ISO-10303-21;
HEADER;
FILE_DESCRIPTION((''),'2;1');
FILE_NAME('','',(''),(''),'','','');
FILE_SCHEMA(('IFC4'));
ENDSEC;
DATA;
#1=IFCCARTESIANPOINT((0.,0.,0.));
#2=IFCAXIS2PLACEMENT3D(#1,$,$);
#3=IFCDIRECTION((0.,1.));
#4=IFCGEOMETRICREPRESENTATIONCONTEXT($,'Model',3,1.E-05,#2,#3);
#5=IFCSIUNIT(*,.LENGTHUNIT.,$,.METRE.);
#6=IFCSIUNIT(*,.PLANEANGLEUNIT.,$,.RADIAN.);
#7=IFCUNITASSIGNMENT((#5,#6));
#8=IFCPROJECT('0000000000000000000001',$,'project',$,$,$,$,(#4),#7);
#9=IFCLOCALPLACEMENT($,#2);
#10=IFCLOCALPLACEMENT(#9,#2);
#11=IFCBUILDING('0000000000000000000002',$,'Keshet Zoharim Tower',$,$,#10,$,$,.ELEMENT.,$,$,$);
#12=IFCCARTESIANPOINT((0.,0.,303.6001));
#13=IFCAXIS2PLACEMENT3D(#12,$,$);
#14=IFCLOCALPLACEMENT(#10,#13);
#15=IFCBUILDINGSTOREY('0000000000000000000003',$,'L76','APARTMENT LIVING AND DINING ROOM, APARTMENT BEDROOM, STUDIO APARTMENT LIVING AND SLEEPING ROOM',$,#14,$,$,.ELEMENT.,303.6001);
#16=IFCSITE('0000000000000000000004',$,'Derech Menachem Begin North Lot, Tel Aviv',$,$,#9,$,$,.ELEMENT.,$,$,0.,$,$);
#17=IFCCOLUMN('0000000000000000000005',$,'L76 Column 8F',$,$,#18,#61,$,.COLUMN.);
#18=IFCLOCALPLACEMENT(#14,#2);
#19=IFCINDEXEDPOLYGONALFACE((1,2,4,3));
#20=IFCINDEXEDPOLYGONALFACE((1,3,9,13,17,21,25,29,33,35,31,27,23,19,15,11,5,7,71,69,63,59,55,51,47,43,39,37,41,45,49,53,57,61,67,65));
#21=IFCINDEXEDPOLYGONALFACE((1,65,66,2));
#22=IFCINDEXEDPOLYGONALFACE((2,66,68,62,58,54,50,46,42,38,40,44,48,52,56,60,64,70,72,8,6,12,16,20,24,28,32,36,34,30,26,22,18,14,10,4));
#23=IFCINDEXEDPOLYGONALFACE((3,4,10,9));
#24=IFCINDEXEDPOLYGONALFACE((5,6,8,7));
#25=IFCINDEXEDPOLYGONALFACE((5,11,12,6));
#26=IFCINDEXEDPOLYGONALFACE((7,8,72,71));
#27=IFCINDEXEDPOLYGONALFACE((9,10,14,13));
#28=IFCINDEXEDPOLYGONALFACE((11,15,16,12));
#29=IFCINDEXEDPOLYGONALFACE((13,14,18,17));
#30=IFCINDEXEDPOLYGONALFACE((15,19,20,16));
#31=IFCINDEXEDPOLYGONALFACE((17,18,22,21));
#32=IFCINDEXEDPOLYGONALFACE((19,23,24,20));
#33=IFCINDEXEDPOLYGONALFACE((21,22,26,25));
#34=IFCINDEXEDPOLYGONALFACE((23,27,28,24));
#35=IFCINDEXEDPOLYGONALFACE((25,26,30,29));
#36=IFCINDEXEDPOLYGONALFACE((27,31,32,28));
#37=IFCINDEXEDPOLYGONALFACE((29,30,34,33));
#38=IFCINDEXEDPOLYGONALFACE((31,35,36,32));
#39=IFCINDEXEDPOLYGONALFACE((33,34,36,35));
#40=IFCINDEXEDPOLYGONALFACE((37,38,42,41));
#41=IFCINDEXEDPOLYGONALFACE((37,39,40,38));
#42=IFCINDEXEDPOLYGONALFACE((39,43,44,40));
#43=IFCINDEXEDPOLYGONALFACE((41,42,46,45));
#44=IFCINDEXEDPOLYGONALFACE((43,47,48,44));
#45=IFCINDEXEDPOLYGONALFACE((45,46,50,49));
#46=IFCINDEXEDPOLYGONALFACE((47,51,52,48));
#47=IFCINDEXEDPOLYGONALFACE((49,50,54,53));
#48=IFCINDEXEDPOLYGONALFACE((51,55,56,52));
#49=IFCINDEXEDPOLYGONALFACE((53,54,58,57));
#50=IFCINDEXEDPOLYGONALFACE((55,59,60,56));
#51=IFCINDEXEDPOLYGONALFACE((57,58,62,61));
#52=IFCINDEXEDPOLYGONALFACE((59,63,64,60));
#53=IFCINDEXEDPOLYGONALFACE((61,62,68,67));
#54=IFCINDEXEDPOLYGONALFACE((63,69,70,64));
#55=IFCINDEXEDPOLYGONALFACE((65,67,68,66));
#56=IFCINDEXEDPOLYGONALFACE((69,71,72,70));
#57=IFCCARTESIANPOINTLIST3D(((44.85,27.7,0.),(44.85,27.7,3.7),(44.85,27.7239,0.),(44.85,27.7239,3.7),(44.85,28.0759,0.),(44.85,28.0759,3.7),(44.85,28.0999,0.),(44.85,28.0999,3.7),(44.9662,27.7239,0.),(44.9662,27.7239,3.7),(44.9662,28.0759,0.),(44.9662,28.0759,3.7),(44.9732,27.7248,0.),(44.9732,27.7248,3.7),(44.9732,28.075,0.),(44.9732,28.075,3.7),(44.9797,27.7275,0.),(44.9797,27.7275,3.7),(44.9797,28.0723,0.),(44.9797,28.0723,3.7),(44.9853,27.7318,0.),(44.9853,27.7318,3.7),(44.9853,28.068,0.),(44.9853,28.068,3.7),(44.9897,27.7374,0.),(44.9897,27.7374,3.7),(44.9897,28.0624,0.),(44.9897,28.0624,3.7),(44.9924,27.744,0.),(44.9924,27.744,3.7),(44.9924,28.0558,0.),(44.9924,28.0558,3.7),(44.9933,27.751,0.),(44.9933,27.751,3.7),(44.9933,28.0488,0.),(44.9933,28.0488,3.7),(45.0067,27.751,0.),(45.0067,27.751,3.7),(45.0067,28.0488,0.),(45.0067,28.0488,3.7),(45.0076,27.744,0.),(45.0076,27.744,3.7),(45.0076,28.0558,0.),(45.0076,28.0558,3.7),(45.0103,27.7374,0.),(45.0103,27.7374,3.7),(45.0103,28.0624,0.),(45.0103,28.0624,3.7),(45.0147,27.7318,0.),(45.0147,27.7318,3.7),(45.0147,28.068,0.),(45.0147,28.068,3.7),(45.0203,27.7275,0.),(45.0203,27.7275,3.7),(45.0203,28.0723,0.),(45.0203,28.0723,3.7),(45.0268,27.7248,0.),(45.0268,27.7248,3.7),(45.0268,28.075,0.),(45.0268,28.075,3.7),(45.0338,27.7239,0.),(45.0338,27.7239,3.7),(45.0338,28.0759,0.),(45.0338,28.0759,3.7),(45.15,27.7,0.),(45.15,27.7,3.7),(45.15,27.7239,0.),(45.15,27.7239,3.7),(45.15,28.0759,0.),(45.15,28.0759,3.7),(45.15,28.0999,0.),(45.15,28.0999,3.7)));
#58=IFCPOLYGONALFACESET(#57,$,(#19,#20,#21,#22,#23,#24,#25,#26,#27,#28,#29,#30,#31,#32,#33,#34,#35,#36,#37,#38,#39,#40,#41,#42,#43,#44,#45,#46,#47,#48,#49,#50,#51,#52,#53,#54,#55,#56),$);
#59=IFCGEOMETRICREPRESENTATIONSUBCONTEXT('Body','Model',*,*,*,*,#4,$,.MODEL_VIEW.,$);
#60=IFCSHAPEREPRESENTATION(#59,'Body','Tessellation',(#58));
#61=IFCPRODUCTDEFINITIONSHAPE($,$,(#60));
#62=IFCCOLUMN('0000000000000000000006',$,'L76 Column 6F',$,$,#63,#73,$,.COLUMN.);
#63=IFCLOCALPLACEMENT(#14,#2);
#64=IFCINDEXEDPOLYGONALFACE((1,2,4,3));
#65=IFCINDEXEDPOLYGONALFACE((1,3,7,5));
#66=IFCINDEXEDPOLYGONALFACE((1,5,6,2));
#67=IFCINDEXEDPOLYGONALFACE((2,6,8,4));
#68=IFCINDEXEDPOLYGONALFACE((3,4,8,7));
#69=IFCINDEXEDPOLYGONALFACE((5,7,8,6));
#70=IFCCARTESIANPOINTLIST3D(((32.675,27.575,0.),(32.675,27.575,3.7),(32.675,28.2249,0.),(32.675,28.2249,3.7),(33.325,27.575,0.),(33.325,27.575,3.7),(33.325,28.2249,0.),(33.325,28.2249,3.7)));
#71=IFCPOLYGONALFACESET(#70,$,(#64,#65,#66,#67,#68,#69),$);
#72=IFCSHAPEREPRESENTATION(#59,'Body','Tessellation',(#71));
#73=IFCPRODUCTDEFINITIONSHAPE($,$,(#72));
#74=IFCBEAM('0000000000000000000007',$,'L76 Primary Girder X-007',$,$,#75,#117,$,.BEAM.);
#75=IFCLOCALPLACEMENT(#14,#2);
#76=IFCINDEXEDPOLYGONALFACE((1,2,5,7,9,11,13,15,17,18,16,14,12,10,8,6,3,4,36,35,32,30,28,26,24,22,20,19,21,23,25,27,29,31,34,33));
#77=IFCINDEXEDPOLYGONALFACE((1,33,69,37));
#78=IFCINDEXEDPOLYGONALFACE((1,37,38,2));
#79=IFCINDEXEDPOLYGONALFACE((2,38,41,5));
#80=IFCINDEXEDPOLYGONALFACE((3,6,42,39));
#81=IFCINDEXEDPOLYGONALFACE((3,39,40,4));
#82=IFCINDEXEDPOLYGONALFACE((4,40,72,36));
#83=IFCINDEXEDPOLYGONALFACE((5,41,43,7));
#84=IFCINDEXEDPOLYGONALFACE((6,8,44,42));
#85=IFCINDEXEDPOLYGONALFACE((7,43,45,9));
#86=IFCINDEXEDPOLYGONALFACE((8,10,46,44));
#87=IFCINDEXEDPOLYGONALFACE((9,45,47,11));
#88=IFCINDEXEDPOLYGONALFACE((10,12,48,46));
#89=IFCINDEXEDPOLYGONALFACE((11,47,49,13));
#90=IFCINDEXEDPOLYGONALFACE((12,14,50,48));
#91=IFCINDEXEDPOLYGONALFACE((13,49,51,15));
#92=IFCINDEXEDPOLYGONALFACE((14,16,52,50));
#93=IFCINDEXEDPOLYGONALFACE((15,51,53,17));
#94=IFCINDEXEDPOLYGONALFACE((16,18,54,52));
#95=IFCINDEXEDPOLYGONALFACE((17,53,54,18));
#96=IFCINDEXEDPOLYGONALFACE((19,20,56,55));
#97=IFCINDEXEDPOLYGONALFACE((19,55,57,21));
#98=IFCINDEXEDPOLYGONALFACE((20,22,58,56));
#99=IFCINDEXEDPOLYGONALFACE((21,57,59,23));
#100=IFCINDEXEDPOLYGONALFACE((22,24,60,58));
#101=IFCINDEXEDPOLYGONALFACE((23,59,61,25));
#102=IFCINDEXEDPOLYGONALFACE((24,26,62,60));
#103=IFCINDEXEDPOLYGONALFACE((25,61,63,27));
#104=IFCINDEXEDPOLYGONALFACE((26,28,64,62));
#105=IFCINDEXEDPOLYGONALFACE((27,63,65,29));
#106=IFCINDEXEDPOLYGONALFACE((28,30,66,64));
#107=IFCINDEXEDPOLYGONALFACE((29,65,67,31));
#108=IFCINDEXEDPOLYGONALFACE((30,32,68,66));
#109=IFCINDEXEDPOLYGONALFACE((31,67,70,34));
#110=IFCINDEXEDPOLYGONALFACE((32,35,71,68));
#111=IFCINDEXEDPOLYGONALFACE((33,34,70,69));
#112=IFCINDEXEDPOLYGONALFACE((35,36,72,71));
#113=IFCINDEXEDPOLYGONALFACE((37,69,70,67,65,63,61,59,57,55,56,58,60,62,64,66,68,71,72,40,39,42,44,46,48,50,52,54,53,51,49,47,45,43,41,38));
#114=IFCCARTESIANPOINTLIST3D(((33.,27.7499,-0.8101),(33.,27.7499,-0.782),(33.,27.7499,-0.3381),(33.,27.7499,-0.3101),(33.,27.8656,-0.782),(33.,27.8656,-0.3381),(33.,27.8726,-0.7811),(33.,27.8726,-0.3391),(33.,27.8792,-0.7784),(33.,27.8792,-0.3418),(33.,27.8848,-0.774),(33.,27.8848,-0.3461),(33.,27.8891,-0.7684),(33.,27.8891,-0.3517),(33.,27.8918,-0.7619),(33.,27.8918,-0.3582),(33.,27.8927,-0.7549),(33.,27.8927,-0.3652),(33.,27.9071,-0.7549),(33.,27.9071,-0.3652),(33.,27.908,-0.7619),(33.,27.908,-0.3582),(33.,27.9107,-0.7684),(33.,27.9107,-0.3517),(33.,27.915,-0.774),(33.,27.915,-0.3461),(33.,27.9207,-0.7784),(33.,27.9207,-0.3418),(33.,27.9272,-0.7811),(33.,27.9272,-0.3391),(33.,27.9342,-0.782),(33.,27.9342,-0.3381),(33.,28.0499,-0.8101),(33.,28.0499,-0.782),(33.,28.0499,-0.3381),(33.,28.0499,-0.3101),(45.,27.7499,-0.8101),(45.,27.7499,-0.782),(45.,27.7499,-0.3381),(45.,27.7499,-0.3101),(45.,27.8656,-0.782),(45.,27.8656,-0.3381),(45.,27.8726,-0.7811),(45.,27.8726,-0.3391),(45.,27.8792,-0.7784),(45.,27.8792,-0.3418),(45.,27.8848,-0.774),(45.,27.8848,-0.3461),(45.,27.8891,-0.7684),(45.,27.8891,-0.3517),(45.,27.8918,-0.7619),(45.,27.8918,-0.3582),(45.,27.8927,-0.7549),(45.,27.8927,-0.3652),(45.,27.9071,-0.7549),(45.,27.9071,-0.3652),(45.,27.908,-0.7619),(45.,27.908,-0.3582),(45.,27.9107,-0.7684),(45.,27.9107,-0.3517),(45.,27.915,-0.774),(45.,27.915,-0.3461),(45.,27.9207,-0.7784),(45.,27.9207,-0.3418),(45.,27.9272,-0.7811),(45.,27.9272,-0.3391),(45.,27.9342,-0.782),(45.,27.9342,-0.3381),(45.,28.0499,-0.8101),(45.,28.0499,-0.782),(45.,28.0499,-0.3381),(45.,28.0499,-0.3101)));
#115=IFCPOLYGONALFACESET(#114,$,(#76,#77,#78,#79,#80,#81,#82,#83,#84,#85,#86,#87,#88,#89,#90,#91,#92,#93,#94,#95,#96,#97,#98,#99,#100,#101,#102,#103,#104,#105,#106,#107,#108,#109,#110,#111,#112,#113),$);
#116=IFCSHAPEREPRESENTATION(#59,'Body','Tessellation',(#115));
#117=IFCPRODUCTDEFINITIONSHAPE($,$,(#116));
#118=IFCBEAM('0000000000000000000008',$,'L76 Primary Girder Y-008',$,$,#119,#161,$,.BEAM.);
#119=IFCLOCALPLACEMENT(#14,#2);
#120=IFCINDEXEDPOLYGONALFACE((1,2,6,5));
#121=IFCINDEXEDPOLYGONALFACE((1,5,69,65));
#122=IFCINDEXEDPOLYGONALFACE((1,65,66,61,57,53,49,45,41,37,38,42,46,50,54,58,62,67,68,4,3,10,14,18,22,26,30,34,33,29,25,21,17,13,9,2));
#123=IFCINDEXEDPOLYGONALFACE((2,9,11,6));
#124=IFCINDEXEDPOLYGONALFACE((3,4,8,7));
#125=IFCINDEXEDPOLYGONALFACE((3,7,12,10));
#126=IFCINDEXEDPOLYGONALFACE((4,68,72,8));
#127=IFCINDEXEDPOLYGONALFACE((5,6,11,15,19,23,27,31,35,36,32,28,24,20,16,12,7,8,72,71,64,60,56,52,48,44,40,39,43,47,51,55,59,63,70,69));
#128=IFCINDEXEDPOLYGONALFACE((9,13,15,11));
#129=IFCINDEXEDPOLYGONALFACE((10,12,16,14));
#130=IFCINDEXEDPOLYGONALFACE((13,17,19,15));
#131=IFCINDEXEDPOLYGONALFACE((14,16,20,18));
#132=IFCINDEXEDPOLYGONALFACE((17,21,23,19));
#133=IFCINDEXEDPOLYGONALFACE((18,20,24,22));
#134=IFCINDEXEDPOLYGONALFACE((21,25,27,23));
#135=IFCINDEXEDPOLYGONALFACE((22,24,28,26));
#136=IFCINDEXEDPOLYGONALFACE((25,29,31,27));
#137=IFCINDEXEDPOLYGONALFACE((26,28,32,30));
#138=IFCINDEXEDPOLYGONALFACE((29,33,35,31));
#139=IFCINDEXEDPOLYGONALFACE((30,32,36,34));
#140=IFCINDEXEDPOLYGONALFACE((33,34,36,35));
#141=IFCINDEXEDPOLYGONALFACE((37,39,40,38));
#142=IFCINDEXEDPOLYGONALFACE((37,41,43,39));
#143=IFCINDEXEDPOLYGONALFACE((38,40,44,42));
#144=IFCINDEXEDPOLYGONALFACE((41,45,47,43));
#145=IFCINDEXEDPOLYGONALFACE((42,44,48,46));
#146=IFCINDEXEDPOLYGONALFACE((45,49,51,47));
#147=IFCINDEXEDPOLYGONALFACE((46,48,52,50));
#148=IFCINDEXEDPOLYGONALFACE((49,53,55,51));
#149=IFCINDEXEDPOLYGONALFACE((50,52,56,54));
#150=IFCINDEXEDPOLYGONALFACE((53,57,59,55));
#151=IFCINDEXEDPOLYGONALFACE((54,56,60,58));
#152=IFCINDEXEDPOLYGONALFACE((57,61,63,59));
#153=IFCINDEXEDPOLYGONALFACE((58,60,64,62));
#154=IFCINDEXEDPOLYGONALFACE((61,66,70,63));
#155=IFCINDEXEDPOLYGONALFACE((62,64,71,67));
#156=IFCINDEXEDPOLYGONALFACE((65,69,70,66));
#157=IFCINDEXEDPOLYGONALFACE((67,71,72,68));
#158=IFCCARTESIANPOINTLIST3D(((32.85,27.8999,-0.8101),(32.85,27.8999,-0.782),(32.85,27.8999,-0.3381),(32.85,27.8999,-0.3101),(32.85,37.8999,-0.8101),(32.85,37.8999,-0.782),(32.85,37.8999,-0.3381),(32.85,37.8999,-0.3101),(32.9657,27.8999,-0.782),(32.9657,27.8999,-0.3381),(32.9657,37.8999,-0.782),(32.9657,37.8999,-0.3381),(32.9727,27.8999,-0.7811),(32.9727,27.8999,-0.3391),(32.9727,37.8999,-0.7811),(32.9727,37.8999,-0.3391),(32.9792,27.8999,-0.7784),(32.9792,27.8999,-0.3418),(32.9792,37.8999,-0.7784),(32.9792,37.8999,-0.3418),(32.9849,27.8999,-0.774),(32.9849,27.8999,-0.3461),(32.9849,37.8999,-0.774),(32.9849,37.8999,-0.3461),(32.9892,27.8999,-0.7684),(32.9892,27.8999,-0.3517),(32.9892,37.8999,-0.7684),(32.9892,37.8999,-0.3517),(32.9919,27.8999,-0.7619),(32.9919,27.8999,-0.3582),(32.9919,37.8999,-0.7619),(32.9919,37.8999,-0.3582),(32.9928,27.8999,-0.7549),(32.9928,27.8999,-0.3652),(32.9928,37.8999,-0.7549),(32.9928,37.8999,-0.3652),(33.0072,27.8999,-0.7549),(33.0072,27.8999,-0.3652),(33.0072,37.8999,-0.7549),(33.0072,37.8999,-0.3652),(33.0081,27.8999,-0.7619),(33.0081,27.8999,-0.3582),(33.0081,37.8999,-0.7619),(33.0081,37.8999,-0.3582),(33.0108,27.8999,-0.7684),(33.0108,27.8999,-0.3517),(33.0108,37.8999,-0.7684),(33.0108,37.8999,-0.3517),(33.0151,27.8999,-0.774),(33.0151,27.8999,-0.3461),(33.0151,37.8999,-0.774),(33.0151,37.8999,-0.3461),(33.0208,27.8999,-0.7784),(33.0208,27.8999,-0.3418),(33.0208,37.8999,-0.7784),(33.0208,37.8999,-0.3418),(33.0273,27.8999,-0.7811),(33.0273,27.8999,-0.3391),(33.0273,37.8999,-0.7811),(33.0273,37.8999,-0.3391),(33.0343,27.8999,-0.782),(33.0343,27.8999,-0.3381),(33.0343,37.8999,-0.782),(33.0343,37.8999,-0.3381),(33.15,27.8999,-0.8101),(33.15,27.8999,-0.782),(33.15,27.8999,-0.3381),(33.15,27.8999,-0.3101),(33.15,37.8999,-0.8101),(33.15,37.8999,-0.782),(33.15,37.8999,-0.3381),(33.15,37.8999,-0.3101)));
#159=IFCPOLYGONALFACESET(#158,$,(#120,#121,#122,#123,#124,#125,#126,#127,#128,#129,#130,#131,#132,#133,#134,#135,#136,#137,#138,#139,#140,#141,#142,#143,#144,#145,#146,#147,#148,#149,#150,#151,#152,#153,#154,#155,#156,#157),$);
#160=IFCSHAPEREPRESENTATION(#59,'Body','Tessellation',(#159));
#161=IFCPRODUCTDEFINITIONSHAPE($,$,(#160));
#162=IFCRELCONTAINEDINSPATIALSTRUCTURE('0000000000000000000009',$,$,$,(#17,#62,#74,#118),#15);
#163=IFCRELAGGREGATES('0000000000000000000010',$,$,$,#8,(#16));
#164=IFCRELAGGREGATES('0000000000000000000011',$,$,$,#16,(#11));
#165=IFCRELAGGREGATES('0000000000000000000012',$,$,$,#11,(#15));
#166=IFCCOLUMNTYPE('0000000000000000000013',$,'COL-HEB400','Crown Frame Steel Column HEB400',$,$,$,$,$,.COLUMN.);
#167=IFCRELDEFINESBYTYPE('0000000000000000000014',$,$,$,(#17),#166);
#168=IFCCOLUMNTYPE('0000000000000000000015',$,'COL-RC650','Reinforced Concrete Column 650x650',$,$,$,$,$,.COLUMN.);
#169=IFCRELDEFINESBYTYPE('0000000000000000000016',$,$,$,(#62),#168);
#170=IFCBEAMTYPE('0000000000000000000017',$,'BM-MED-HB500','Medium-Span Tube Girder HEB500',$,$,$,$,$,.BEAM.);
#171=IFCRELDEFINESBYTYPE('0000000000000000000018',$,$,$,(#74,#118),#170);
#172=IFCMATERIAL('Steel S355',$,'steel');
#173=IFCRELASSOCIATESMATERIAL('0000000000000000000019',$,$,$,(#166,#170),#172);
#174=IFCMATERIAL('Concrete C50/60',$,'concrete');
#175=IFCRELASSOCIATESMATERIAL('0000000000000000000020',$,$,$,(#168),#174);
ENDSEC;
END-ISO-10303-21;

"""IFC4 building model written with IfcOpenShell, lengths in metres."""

from ifc_helpers import new_model, si_unit, direction, frame, origin, origin_2d, place, context, subcontext, project, spatial, rectangle, i_section, extrude, material, material_profile, profile_set, type_object, element, save


model = new_model("IFC4")

# Units and contexts
model_context = context("Model", 3, precision=1e-05, world=origin(), true_north=direction((0.0, 1.0)))
body_context = subcontext(model_context, "Body", "Model", "MODEL_VIEW")
ifc_project = project(units=[si_unit("LENGTHUNIT", "METRE"), si_unit("PLANEANGLEUNIT", "RADIAN")], contexts=[model_context])

# Site, building, storey
site_placement = place(None, origin())
site = spatial("IfcSite", under=ifc_project, at=site_placement, Name="Derech Menachem Begin North Lot, Tel Aviv", CompositionType="ELEMENT", RefElevation=0.0)
building_placement = place(site_placement, origin())
building = spatial("IfcBuilding", under=site, at=building_placement, Name="Keshet Zoharim Tower", CompositionType="ELEMENT")
storey_placement = place(building_placement, frame((0.0, 0.0, 303.6001)))
storey = spatial("IfcBuildingStorey", under=building, at=storey_placement, Name="L76", Description="APARTMENT LIVING AND DINING ROOM, APARTMENT BEDROOM, STUDIO APARTMENT LIVING AND SLEEPING ROOM", CompositionType="ELEMENT", Elevation=303.6001)

# Columns
ifc_material_1 = material(Name="Steel S355", Category="steel")
ifc_material_profile_1 = material_profile(ifc_material_1, i_section(OverallWidth=0.3, OverallDepth=0.3999, WebThickness=0.0134, FlangeThickness=0.0239, FilletRadius=0.0271, at=origin_2d()), Name="HEB400")
ifc_profile_set_1 = profile_set([ifc_material_profile_1], Name="Steel S355")
column_type_1 = type_object("IfcColumnType", Name="COL-HEB400", Description="Crown Frame Steel Column HEB400", PredefinedType="COLUMN", material=ifc_profile_set_1)
column_1_placement = place(storey_placement, frame((45.0, 27.8999, 0.0), z_axis=(0.0, 0.0, 1.0), x_axis=(1.0, 0.0, 0.0)))
element("IfcColumn", 1, at=column_1_placement, inside=storey, type_object=column_type_1, Name="L76 Column 8F", PredefinedType="COLUMN", context=body_context, shape_type="SweptSolid", body=[
    extrude(i_section(OverallWidth=0.3, OverallDepth=0.3999, WebThickness=0.0134, FlangeThickness=0.0239, FilletRadius=0.0271, at=origin_2d()), origin(), (0.0, 0.0, 1.0), 3.7),
])
ifc_material_2 = material(Name="Concrete C50/60", Category="concrete")
ifc_material_profile_2 = material_profile(ifc_material_2, rectangle(XDim=0.6499, YDim=0.6499, at=origin_2d()), Name="RC650x650")
ifc_profile_set_2 = profile_set([ifc_material_profile_2], Name="Concrete C50/60")
column_type_2 = type_object("IfcColumnType", Name="COL-RC650", Description="Reinforced Concrete Column 650x650", PredefinedType="COLUMN", material=ifc_profile_set_2)
column_2_placement = place(storey_placement, frame((33.0, 27.8999, 0.0), z_axis=(0.0, 0.0, 1.0), x_axis=(1.0, 0.0, 0.0)))
element("IfcColumn", 2, at=column_2_placement, inside=storey, type_object=column_type_2, Name="L76 Column 6F", PredefinedType="COLUMN", context=body_context, shape_type="SweptSolid", body=[
    extrude(rectangle(XDim=0.6499, YDim=0.6499, at=origin_2d()), origin(), (0.0, 0.0, 1.0), 3.7),
])

# Beams
ifc_material_profile_3 = material_profile(ifc_material_1, i_section(OverallWidth=0.3, OverallDepth=0.5, WebThickness=0.0144, FlangeThickness=0.0281, FilletRadius=0.0271, at=origin_2d()), Name="HEB500")
ifc_profile_set_3 = profile_set([ifc_material_profile_3], Name="Steel S355")
beam_type_1 = type_object("IfcBeamType", Name="BM-MED-HB500", Description="Medium-Span Tube Girder HEB500", PredefinedType="BEAM", material=ifc_profile_set_3)
beam_1_placement = place(storey_placement, frame((33.0, 27.8999, -0.5601), z_axis=(1.0, 0.0, 0.0), x_axis=(0.0, 1.0, 0.0)))
element("IfcBeam", 3, at=beam_1_placement, inside=storey, type_object=beam_type_1, Name="L76 Primary Girder X-007", PredefinedType="BEAM", context=body_context, shape_type="SweptSolid", body=[
    extrude(i_section(OverallWidth=0.3, OverallDepth=0.5, WebThickness=0.0144, FlangeThickness=0.0281, FilletRadius=0.0271, at=origin_2d()), origin(), (0.0, 0.0, 1.0), 12.0),
])
beam_2_placement = place(storey_placement, frame((33.0, 27.8999, -0.5601), z_axis=(0.0, 1.0, 0.0), x_axis=(-1.0, 0.0, 0.0)))
element("IfcBeam", 4, at=beam_2_placement, inside=storey, type_object=beam_type_1, Name="L76 Primary Girder Y-008", PredefinedType="BEAM", context=body_context, shape_type="SweptSolid", body=[
    extrude(i_section(OverallWidth=0.3, OverallDepth=0.5, WebThickness=0.0144, FlangeThickness=0.0281, FilletRadius=0.0271, at=origin_2d()), origin(), (0.0, 0.0, 1.0), 10.0),
])

save(model, "model.ifc")
